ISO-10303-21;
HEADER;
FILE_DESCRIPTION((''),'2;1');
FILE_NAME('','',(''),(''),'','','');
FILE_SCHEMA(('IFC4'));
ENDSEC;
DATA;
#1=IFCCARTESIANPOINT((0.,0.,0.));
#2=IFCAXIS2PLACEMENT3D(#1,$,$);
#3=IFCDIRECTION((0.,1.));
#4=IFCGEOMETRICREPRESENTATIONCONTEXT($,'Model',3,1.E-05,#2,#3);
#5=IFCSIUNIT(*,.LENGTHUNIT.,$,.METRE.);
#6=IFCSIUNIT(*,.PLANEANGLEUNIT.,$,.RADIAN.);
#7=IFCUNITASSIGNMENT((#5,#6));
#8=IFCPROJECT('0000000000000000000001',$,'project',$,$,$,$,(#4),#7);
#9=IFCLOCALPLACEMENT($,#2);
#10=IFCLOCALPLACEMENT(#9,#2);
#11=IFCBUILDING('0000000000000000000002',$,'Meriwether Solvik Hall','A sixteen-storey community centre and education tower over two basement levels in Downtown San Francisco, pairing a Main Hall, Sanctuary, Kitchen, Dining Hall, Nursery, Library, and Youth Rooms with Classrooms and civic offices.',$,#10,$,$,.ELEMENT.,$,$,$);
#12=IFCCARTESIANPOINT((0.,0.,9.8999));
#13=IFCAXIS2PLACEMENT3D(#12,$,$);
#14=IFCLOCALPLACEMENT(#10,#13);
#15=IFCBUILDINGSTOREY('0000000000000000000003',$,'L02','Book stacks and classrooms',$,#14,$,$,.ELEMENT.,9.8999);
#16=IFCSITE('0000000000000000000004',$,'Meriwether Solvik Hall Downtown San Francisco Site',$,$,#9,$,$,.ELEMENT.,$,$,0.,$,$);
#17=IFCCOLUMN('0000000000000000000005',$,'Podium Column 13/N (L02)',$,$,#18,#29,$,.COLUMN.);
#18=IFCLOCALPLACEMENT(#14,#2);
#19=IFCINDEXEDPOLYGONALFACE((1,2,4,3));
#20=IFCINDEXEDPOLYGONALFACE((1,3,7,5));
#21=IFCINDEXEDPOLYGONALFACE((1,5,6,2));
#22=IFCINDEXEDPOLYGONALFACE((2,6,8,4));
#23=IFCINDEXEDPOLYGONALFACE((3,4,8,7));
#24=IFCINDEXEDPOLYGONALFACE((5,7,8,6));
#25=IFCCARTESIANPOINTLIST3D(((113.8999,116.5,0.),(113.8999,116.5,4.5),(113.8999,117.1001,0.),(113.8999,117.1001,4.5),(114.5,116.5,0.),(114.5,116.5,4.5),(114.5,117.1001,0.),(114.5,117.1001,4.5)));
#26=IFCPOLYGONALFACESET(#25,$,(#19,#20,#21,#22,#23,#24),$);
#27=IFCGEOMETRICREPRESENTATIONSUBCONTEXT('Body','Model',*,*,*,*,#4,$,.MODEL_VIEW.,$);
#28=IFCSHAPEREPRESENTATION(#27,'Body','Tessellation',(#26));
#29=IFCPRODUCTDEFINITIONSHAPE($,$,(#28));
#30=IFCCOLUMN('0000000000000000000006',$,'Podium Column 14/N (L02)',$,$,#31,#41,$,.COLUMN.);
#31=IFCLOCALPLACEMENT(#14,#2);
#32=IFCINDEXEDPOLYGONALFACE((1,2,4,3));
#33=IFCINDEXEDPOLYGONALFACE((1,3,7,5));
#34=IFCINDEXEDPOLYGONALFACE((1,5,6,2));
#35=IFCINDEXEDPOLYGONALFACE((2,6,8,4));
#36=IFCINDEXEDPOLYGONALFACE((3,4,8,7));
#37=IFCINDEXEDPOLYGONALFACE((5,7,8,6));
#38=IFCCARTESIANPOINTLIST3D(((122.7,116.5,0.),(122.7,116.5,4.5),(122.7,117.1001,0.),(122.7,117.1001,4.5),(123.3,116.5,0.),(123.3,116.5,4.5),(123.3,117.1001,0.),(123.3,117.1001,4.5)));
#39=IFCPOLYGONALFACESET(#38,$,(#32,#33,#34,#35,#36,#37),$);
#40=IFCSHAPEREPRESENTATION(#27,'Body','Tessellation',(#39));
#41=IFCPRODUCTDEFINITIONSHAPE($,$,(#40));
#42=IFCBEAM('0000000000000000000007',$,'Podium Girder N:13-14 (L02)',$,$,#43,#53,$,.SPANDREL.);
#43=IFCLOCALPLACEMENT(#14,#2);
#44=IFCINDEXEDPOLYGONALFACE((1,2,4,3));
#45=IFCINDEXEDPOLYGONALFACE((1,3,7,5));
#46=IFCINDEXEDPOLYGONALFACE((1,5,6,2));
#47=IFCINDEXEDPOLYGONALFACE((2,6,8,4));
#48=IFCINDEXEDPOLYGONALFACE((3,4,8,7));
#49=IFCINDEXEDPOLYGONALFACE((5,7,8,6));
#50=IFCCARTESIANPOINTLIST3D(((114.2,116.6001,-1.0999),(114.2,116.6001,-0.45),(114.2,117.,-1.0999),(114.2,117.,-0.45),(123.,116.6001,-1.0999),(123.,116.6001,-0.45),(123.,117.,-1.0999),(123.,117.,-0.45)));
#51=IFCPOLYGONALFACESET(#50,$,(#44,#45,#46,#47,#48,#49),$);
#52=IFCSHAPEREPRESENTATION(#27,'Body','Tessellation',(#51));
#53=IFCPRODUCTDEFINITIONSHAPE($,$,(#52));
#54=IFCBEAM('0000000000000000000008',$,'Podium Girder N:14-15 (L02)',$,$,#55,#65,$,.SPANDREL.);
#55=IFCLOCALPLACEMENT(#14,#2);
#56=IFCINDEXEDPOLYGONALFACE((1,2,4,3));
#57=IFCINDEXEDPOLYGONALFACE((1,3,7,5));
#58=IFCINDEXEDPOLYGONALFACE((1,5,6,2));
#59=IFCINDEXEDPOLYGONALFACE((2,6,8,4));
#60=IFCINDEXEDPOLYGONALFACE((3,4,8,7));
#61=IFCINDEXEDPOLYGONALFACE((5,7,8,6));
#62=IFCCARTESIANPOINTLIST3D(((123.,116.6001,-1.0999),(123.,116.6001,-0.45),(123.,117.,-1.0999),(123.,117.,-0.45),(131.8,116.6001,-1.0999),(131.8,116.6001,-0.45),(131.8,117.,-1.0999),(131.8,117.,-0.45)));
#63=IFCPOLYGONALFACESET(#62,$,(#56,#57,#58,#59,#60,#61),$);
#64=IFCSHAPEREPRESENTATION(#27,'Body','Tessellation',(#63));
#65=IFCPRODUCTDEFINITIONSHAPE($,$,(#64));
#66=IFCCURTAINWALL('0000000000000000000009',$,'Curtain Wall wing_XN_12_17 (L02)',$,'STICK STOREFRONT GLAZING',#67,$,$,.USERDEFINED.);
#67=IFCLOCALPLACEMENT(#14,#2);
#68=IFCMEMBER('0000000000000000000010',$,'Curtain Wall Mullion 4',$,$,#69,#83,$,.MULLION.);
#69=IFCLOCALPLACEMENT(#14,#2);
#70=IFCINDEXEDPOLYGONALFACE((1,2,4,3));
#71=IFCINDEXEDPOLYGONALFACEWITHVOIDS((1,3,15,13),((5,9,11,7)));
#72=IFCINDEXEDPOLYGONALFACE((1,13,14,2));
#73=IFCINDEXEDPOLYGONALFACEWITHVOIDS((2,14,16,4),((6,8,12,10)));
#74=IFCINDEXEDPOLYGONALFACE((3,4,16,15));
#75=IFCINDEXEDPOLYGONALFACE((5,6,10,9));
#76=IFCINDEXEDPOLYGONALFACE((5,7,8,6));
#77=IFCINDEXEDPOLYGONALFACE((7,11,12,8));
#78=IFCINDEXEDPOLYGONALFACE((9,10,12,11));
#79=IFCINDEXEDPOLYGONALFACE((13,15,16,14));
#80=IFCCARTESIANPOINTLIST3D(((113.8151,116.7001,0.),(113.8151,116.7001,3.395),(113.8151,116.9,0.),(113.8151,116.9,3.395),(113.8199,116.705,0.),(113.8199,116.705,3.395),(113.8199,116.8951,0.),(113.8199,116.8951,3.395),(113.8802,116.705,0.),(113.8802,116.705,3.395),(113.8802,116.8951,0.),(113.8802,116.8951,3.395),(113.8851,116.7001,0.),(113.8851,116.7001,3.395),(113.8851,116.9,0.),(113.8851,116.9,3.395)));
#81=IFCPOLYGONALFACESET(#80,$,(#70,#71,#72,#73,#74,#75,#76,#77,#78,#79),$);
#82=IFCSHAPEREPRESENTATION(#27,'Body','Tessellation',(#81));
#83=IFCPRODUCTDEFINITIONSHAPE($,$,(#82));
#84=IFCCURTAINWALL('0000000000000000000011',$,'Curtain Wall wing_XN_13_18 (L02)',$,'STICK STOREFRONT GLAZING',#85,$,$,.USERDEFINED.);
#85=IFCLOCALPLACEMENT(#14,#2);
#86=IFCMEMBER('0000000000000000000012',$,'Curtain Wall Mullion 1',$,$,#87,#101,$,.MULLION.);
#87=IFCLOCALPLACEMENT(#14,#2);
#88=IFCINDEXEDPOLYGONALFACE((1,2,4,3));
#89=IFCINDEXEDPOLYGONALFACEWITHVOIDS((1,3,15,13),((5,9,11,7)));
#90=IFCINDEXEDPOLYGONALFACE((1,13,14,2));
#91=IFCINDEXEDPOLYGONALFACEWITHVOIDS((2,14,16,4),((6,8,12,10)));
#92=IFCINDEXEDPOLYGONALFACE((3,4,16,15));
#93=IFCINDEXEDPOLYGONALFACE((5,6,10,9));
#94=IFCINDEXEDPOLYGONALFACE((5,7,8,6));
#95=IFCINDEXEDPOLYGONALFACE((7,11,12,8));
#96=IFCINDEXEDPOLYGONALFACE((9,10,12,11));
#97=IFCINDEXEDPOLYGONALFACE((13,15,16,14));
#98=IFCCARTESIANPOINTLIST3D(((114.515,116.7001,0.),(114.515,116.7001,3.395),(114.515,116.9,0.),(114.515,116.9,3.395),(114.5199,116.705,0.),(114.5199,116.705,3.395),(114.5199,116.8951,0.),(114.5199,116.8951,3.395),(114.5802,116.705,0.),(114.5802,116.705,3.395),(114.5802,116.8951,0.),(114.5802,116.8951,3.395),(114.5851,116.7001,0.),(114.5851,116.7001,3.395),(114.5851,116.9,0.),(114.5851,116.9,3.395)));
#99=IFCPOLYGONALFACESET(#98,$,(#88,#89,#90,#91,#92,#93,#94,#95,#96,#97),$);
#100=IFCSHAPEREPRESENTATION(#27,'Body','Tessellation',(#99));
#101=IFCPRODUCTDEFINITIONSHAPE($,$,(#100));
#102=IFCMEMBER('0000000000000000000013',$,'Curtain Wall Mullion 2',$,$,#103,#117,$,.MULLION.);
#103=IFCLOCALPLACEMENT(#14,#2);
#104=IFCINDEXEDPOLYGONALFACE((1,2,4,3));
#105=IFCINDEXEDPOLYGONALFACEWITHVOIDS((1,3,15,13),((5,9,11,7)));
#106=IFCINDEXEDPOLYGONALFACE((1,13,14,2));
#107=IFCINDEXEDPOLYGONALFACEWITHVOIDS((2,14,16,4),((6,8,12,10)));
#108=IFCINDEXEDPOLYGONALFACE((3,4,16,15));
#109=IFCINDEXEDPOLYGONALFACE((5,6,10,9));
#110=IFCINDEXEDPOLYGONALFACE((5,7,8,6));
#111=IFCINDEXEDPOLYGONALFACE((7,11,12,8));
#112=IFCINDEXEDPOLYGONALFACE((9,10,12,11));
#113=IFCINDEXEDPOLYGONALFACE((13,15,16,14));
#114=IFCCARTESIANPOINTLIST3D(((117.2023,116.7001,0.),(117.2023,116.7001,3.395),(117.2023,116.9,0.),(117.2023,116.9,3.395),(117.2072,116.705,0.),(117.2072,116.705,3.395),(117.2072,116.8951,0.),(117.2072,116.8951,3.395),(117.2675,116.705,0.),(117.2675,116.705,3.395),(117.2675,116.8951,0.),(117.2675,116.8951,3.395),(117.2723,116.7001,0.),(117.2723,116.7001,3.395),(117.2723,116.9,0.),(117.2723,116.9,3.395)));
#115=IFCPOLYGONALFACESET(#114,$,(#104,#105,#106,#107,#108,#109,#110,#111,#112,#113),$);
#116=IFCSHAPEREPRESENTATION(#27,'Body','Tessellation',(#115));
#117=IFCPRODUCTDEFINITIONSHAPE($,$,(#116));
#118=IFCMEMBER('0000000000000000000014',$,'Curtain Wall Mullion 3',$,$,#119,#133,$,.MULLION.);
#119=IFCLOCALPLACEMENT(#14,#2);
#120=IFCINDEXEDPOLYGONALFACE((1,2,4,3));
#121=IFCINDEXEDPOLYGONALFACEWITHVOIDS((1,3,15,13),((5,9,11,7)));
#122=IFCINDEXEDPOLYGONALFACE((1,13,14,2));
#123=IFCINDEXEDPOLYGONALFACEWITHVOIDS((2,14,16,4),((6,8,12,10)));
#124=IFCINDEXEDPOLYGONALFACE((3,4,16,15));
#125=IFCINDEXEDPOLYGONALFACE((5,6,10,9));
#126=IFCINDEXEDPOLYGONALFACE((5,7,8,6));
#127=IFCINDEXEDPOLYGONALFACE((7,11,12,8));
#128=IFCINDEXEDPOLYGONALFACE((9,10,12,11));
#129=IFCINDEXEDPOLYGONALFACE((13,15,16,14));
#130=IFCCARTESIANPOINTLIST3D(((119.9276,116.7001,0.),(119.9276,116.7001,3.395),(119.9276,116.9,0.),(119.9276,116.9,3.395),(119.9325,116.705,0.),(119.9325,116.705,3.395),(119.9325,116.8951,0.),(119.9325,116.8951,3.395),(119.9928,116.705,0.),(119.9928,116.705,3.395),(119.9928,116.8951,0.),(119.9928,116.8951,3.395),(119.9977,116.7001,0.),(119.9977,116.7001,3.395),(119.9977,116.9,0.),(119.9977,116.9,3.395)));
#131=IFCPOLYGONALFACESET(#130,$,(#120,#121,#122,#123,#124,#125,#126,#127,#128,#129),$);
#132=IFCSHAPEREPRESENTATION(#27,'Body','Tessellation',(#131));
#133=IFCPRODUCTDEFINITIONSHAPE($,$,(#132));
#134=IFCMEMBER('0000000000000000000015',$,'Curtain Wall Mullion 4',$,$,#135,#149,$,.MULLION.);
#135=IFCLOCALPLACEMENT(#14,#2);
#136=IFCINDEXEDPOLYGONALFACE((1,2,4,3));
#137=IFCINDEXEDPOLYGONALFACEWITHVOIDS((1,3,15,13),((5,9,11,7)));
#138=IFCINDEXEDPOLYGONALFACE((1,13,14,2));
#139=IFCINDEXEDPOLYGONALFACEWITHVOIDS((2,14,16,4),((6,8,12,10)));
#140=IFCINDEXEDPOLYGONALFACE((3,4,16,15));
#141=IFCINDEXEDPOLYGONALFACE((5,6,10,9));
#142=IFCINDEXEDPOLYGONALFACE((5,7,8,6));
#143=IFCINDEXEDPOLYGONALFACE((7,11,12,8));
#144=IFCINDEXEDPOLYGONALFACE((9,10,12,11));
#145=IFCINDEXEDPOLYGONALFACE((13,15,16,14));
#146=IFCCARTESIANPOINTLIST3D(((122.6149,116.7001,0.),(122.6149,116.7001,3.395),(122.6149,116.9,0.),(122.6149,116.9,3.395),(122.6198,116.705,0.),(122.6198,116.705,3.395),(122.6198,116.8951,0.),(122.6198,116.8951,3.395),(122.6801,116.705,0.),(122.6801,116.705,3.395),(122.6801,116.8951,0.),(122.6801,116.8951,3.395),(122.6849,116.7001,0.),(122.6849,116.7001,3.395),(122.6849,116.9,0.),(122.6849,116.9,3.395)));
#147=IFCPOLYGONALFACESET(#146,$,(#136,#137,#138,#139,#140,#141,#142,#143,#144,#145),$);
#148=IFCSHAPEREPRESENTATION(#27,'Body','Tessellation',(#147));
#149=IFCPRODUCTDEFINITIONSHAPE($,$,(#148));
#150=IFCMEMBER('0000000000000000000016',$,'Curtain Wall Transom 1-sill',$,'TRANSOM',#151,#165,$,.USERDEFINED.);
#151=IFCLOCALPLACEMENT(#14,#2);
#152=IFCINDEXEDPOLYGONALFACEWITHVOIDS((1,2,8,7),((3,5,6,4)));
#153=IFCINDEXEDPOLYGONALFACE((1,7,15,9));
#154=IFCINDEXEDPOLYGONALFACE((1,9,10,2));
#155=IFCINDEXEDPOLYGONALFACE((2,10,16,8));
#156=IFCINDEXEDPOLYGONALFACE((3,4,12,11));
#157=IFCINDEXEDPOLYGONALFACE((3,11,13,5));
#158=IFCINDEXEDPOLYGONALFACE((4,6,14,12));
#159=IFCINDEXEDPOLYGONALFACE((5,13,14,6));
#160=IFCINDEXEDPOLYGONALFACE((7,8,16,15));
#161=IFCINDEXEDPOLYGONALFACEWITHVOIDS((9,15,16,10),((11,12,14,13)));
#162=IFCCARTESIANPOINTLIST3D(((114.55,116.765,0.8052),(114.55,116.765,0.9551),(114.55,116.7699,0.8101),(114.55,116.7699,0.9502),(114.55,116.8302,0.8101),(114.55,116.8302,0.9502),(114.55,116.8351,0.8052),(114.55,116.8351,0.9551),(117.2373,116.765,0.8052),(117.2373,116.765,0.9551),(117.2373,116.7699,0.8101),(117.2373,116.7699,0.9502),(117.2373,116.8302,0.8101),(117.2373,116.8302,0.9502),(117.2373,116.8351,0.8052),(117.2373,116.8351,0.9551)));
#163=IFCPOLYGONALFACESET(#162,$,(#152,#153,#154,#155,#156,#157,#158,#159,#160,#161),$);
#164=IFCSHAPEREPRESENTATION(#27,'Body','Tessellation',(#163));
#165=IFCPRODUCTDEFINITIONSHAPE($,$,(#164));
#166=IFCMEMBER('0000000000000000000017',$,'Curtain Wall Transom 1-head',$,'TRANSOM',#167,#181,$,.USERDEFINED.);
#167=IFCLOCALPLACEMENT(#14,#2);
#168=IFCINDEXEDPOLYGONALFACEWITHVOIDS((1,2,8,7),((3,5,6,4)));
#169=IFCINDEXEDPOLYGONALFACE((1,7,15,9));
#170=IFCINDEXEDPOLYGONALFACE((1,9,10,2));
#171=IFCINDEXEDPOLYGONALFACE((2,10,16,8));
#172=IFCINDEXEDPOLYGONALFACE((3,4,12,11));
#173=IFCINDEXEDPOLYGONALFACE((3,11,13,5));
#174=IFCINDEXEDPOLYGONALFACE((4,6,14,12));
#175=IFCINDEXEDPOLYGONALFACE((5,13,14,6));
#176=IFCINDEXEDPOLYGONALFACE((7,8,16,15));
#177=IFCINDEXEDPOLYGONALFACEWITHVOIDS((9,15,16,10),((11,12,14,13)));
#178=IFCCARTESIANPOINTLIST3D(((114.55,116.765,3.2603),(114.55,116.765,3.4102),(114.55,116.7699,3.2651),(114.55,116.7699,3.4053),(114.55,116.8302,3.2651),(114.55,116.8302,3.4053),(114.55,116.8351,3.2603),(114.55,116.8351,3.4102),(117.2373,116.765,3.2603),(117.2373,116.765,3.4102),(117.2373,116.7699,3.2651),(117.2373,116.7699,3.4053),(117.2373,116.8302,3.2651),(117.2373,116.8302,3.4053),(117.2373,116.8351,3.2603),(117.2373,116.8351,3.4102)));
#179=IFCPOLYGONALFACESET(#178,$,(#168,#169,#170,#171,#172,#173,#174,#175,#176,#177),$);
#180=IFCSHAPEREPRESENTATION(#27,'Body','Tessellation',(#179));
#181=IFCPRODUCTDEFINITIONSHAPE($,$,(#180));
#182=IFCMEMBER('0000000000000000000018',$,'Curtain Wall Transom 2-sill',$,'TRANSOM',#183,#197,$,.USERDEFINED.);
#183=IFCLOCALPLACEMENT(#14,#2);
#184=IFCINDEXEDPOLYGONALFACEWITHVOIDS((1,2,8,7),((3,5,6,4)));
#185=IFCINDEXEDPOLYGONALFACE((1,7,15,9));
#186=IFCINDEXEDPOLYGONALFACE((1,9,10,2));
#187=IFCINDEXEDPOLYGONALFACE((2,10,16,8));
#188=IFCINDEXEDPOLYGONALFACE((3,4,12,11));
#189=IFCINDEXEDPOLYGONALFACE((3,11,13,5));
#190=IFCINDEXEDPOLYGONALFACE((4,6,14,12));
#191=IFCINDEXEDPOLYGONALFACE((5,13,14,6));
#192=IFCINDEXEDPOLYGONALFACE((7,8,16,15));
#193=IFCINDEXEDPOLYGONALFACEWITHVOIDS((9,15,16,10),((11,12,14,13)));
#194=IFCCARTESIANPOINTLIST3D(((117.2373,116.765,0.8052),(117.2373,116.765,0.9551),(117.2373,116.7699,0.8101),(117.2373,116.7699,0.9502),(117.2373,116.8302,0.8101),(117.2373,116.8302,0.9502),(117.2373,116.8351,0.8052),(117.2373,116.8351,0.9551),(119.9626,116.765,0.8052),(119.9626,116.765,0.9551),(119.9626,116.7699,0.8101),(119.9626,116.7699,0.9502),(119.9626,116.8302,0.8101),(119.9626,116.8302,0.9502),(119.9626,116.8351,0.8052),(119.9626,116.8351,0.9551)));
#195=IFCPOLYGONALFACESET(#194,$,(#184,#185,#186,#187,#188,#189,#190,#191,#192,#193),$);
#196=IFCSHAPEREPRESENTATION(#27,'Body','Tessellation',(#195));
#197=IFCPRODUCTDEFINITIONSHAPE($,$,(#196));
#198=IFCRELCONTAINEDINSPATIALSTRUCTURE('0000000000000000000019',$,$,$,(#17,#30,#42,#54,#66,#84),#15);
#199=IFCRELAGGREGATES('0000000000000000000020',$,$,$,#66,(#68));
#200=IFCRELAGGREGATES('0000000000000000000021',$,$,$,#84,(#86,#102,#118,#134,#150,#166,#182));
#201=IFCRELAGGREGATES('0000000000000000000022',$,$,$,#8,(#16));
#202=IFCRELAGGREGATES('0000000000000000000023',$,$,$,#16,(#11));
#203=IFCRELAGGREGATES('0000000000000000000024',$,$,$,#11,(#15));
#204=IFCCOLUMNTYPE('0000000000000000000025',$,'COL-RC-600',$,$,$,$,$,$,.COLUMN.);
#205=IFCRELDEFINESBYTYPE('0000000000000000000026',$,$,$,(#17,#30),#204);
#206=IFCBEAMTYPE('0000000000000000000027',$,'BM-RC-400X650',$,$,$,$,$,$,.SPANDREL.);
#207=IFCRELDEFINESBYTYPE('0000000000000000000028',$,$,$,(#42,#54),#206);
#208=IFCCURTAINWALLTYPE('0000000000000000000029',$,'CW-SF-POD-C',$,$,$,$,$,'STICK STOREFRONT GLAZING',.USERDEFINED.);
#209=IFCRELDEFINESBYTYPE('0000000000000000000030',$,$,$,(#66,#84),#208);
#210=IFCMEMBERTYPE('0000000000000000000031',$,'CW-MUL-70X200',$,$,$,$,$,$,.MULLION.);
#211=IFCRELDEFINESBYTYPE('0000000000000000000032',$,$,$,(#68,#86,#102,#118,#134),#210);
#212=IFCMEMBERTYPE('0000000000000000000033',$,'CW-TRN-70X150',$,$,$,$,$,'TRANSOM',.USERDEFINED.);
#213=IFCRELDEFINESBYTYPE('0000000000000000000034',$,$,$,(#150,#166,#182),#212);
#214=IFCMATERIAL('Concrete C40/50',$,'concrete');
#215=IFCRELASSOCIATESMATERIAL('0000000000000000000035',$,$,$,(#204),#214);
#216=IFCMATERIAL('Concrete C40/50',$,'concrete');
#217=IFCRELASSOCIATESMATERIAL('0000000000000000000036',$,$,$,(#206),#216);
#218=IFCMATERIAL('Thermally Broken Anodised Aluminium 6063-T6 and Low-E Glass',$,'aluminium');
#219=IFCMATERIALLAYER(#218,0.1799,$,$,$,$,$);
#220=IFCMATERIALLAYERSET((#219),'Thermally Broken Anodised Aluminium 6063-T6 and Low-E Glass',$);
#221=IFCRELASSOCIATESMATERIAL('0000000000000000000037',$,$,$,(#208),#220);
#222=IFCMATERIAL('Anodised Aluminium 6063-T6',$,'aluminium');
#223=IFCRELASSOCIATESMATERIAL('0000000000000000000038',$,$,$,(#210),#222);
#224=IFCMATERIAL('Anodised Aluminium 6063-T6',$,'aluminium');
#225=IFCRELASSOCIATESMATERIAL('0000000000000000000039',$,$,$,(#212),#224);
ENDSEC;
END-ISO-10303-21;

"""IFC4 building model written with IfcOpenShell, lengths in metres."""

from ifc_helpers import new_model, si_unit, direction, frame, origin, origin_2d, place, context, subcontext, project, spatial, rectangle, hollow_rectangle, extrude, material, layer, layer_set, material_profile, profile_set, type_object, element, aggregate, save


model = new_model("IFC4")

# Units and contexts
model_context = context("Model", 3, precision=1e-05, world=origin(), true_north=direction((0.0, 1.0)))
body_context = subcontext(model_context, "Body", "Model", "MODEL_VIEW")
ifc_project = project(units=[si_unit("LENGTHUNIT", "METRE"), si_unit("PLANEANGLEUNIT", "RADIAN")], contexts=[model_context])

# Site, building, storey
site_placement = place(None, origin())
site = spatial("IfcSite", under=ifc_project, at=site_placement, Name="Meriwether Solvik Hall Downtown San Francisco Site", CompositionType="ELEMENT", RefElevation=0.0)
building_placement = place(site_placement, origin())
building = spatial("IfcBuilding", under=site, at=building_placement, Name="Meriwether Solvik Hall", Description="A sixteen-storey community centre and education tower over two basement levels in Downtown San Francisco, pairing a Main Hall, Sanctuary, Kitchen, Dining Hall, Nursery, Library, and Youth Rooms with Classrooms and civic offices.", CompositionType="ELEMENT")
storey_placement = place(building_placement, frame((0.0, 0.0, 9.8999)))
storey = spatial("IfcBuildingStorey", under=building, at=storey_placement, Name="L02", Description="Book stacks and classrooms", CompositionType="ELEMENT", Elevation=9.8999)

# Columns
ifc_material_1 = material(Name="Concrete C40/50", Category="concrete")
ifc_material_profile_1 = material_profile(ifc_material_1, rectangle(XDim=0.6001, YDim=0.6001, at=origin_2d()), Name="RCC-600X600")
ifc_profile_set_1 = profile_set([ifc_material_profile_1], Name="Concrete C40/50")
column_type = type_object("IfcColumnType", Name="COL-RC-600", PredefinedType="COLUMN", material=ifc_profile_set_1)
for number, where, z_axis, x_axis, name in (
    (1, (114.2, 116.8, 0.0), (0.0, 0.0, 1.0), (1.0, 0.0, 0.0), "Podium Column 13/N (L02)"),
    (2, (123.0, 116.8, 0.0), (0.0, 0.0, 1.0), (1.0, 0.0, 0.0), "Podium Column 14/N (L02)"),
):
    element("IfcColumn", number, at=place(storey_placement, frame(where, z_axis=z_axis, x_axis=x_axis)), inside=storey, type_object=column_type, Name=name, PredefinedType="COLUMN", context=body_context, shape_type="SweptSolid", body=[
        extrude(rectangle(XDim=0.6001, YDim=0.6001, at=origin_2d()), origin(), (0.0, 0.0, 1.0), 4.5),
    ])

# Beams
ifc_material_2 = material(Name="Concrete C40/50", Category="concrete")
ifc_material_profile_2 = material_profile(ifc_material_2, rectangle(XDim=0.3999, YDim=0.6499, at=origin_2d()), Name="RCB-400X650")
ifc_profile_set_2 = profile_set([ifc_material_profile_2], Name="Concrete C40/50")
beam_type = type_object("IfcBeamType", Name="BM-RC-400X650", PredefinedType="SPANDREL", material=ifc_profile_set_2)
for number, where, z_axis, x_axis, name in (
    (3, (114.2, 116.8, -0.7749), (1.0, 0.0, 0.0), (0.0, 1.0, 0.0), "Podium Girder N:13-14 (L02)"),
    (4, (123.0, 116.8, -0.7749), (1.0, 0.0, 0.0), (0.0, 1.0, 0.0), "Podium Girder N:14-15 (L02)"),
):
    element("IfcBeam", number, at=place(storey_placement, frame(where, z_axis=z_axis, x_axis=x_axis)), inside=storey, type_object=beam_type, Name=name, PredefinedType="SPANDREL", context=body_context, shape_type="SweptSolid", body=[
        extrude(rectangle(XDim=0.3999, YDim=0.6499, at=origin_2d()), origin(), (0.0, 0.0, 1.0), 8.8),
    ])

# Curtain wall, member
ifc_material_3 = material(Name="Thermally Broken Anodised Aluminium 6063-T6 and Low-E Glass", Category="aluminium")
ifc_layer_1 = layer(ifc_material_3, 0.1799)
ifc_layer_set_1 = layer_set([ifc_layer_1], Name="Thermally Broken Anodised Aluminium 6063-T6 and Low-E Glass")
curtain_wall_type = type_object("IfcCurtainWallType", Name="CW-SF-POD-C", ElementType="STICK STOREFRONT GLAZING", PredefinedType="USERDEFINED", material=ifc_layer_set_1)
curtain_wall_1_placement = place(storey_placement, origin())
curtain_wall_1 = element("IfcCurtainWall", 5, at=curtain_wall_1_placement, inside=storey, type_object=curtain_wall_type, Name="Curtain Wall wing_XN_12_17 (L02)", ObjectType="STICK STOREFRONT GLAZING", PredefinedType="USERDEFINED")
ifc_material_4 = material(Name="Anodised Aluminium 6063-T6", Category="aluminium")
ifc_material_profile_3 = material_profile(ifc_material_4, hollow_rectangle(XDim=0.0701, YDim=0.2, WallThickness=0.0049, at=origin_2d()), Name="CWM-70X200")
ifc_profile_set_3 = profile_set([ifc_material_profile_3], Name="Anodised Aluminium 6063-T6")
member_type_1 = type_object("IfcMemberType", Name="CW-MUL-70X200", PredefinedType="MULLION", material=ifc_profile_set_3)
member_1_placement = place(storey_placement, frame((113.8501, 116.8, 0.0), z_axis=(0.0, 0.0, 1.0), x_axis=(1.0, 0.0, 0.0)))
member_1 = element("IfcMember", 6, at=member_1_placement, type_object=member_type_1, Name="Curtain Wall Mullion 4", PredefinedType="MULLION", context=body_context, shape_type="SweptSolid", body=[
    extrude(hollow_rectangle(XDim=0.0701, YDim=0.2, WallThickness=0.0049, at=origin_2d()), origin(), (0.0, 0.0, 1.0), 3.395),
])

# Curtain wall, members
curtain_wall_2_placement = place(storey_placement, origin())
curtain_wall_2 = element("IfcCurtainWall", 7, at=curtain_wall_2_placement, inside=storey, type_object=curtain_wall_type, Name="Curtain Wall wing_XN_13_18 (L02)", ObjectType="STICK STOREFRONT GLAZING", PredefinedType="USERDEFINED")
member_2_placement = place(storey_placement, frame((114.55, 116.8, 0.0), z_axis=(0.0, 0.0, 1.0), x_axis=(1.0, 0.0, 0.0)))
member_2 = element("IfcMember", 8, at=member_2_placement, type_object=member_type_1, Name="Curtain Wall Mullion 1", PredefinedType="MULLION", context=body_context, shape_type="SweptSolid", body=[
    extrude(hollow_rectangle(XDim=0.0701, YDim=0.2, WallThickness=0.0049, at=origin_2d()), origin(), (0.0, 0.0, 1.0), 3.395),
])
member_3_placement = place(storey_placement, frame((117.2373, 116.8, 0.0), z_axis=(0.0, 0.0, 1.0), x_axis=(1.0, 0.0, 0.0)))
member_3 = element("IfcMember", 9, at=member_3_placement, type_object=member_type_1, Name="Curtain Wall Mullion 2", PredefinedType="MULLION", context=body_context, shape_type="SweptSolid", body=[
    extrude(hollow_rectangle(XDim=0.0701, YDim=0.2, WallThickness=0.0049, at=origin_2d()), origin(), (0.0, 0.0, 1.0), 3.395),
])
member_4_placement = place(storey_placement, frame((119.9626, 116.8, 0.0), z_axis=(0.0, 0.0, 1.0), x_axis=(1.0, 0.0, 0.0)))
member_4 = element("IfcMember", 10, at=member_4_placement, type_object=member_type_1, Name="Curtain Wall Mullion 3", PredefinedType="MULLION", context=body_context, shape_type="SweptSolid", body=[
    extrude(hollow_rectangle(XDim=0.0701, YDim=0.2, WallThickness=0.0049, at=origin_2d()), origin(), (0.0, 0.0, 1.0), 3.395),
])
member_5_placement = place(storey_placement, frame((122.6499, 116.8, 0.0), z_axis=(0.0, 0.0, 1.0), x_axis=(1.0, 0.0, 0.0)))
member_5 = element("IfcMember", 11, at=member_5_placement, type_object=member_type_1, Name="Curtain Wall Mullion 4", PredefinedType="MULLION", context=body_context, shape_type="SweptSolid", body=[
    extrude(hollow_rectangle(XDim=0.0701, YDim=0.2, WallThickness=0.0049, at=origin_2d()), origin(), (0.0, 0.0, 1.0), 3.395),
])
ifc_material_5 = material(Name="Anodised Aluminium 6063-T6", Category="aluminium")
ifc_material_profile_4 = material_profile(ifc_material_5, hollow_rectangle(XDim=0.0701, YDim=0.1499, WallThickness=0.0049, at=origin_2d()), Name="CWT-70X150")
ifc_profile_set_4 = profile_set([ifc_material_profile_4], Name="Anodised Aluminium 6063-T6")
member_type_2 = type_object("IfcMemberType", Name="CW-TRN-70X150", ElementType="TRANSOM", PredefinedType="USERDEFINED", material=ifc_profile_set_4)
member_6_placement = place(storey_placement, frame((114.55, 116.8, 0.8801), z_axis=(1.0, 0.0, 0.0), x_axis=(0.0, 1.0, 0.0)))
member_6 = element("IfcMember", 12, at=member_6_placement, type_object=member_type_2, Name="Curtain Wall Transom 1-sill", ObjectType="TRANSOM", PredefinedType="USERDEFINED", context=body_context, shape_type="SweptSolid", body=[
    extrude(hollow_rectangle(XDim=0.0701, YDim=0.1499, WallThickness=0.0049, at=origin_2d()), origin(), (0.0, 0.0, 1.0), 2.6873),
])
member_7_placement = place(storey_placement, frame((114.55, 116.8, 3.3352), z_axis=(1.0, 0.0, 0.0), x_axis=(0.0, 1.0, 0.0)))
member_7 = element("IfcMember", 13, at=member_7_placement, type_object=member_type_2, Name="Curtain Wall Transom 1-head", ObjectType="TRANSOM", PredefinedType="USERDEFINED", context=body_context, shape_type="SweptSolid", body=[
    extrude(hollow_rectangle(XDim=0.0701, YDim=0.1499, WallThickness=0.0049, at=origin_2d()), origin(), (0.0, 0.0, 1.0), 2.6873),
])
member_8_placement = place(storey_placement, frame((117.2373, 116.8, 0.8801), z_axis=(1.0, 0.0, 0.0), x_axis=(0.0, 1.0, 0.0)))
member_8 = element("IfcMember", 14, at=member_8_placement, type_object=member_type_2, Name="Curtain Wall Transom 2-sill", ObjectType="TRANSOM", PredefinedType="USERDEFINED", context=body_context, shape_type="SweptSolid", body=[
    extrude(hollow_rectangle(XDim=0.0701, YDim=0.1499, WallThickness=0.0049, at=origin_2d()), origin(), (0.0, 0.0, 1.0), 2.7253),
])

aggregate(curtain_wall_1, [member_1])
aggregate(curtain_wall_2, [member_2, member_3, member_4, member_5, member_6, member_7, member_8])

save(model, "model.ifc")
